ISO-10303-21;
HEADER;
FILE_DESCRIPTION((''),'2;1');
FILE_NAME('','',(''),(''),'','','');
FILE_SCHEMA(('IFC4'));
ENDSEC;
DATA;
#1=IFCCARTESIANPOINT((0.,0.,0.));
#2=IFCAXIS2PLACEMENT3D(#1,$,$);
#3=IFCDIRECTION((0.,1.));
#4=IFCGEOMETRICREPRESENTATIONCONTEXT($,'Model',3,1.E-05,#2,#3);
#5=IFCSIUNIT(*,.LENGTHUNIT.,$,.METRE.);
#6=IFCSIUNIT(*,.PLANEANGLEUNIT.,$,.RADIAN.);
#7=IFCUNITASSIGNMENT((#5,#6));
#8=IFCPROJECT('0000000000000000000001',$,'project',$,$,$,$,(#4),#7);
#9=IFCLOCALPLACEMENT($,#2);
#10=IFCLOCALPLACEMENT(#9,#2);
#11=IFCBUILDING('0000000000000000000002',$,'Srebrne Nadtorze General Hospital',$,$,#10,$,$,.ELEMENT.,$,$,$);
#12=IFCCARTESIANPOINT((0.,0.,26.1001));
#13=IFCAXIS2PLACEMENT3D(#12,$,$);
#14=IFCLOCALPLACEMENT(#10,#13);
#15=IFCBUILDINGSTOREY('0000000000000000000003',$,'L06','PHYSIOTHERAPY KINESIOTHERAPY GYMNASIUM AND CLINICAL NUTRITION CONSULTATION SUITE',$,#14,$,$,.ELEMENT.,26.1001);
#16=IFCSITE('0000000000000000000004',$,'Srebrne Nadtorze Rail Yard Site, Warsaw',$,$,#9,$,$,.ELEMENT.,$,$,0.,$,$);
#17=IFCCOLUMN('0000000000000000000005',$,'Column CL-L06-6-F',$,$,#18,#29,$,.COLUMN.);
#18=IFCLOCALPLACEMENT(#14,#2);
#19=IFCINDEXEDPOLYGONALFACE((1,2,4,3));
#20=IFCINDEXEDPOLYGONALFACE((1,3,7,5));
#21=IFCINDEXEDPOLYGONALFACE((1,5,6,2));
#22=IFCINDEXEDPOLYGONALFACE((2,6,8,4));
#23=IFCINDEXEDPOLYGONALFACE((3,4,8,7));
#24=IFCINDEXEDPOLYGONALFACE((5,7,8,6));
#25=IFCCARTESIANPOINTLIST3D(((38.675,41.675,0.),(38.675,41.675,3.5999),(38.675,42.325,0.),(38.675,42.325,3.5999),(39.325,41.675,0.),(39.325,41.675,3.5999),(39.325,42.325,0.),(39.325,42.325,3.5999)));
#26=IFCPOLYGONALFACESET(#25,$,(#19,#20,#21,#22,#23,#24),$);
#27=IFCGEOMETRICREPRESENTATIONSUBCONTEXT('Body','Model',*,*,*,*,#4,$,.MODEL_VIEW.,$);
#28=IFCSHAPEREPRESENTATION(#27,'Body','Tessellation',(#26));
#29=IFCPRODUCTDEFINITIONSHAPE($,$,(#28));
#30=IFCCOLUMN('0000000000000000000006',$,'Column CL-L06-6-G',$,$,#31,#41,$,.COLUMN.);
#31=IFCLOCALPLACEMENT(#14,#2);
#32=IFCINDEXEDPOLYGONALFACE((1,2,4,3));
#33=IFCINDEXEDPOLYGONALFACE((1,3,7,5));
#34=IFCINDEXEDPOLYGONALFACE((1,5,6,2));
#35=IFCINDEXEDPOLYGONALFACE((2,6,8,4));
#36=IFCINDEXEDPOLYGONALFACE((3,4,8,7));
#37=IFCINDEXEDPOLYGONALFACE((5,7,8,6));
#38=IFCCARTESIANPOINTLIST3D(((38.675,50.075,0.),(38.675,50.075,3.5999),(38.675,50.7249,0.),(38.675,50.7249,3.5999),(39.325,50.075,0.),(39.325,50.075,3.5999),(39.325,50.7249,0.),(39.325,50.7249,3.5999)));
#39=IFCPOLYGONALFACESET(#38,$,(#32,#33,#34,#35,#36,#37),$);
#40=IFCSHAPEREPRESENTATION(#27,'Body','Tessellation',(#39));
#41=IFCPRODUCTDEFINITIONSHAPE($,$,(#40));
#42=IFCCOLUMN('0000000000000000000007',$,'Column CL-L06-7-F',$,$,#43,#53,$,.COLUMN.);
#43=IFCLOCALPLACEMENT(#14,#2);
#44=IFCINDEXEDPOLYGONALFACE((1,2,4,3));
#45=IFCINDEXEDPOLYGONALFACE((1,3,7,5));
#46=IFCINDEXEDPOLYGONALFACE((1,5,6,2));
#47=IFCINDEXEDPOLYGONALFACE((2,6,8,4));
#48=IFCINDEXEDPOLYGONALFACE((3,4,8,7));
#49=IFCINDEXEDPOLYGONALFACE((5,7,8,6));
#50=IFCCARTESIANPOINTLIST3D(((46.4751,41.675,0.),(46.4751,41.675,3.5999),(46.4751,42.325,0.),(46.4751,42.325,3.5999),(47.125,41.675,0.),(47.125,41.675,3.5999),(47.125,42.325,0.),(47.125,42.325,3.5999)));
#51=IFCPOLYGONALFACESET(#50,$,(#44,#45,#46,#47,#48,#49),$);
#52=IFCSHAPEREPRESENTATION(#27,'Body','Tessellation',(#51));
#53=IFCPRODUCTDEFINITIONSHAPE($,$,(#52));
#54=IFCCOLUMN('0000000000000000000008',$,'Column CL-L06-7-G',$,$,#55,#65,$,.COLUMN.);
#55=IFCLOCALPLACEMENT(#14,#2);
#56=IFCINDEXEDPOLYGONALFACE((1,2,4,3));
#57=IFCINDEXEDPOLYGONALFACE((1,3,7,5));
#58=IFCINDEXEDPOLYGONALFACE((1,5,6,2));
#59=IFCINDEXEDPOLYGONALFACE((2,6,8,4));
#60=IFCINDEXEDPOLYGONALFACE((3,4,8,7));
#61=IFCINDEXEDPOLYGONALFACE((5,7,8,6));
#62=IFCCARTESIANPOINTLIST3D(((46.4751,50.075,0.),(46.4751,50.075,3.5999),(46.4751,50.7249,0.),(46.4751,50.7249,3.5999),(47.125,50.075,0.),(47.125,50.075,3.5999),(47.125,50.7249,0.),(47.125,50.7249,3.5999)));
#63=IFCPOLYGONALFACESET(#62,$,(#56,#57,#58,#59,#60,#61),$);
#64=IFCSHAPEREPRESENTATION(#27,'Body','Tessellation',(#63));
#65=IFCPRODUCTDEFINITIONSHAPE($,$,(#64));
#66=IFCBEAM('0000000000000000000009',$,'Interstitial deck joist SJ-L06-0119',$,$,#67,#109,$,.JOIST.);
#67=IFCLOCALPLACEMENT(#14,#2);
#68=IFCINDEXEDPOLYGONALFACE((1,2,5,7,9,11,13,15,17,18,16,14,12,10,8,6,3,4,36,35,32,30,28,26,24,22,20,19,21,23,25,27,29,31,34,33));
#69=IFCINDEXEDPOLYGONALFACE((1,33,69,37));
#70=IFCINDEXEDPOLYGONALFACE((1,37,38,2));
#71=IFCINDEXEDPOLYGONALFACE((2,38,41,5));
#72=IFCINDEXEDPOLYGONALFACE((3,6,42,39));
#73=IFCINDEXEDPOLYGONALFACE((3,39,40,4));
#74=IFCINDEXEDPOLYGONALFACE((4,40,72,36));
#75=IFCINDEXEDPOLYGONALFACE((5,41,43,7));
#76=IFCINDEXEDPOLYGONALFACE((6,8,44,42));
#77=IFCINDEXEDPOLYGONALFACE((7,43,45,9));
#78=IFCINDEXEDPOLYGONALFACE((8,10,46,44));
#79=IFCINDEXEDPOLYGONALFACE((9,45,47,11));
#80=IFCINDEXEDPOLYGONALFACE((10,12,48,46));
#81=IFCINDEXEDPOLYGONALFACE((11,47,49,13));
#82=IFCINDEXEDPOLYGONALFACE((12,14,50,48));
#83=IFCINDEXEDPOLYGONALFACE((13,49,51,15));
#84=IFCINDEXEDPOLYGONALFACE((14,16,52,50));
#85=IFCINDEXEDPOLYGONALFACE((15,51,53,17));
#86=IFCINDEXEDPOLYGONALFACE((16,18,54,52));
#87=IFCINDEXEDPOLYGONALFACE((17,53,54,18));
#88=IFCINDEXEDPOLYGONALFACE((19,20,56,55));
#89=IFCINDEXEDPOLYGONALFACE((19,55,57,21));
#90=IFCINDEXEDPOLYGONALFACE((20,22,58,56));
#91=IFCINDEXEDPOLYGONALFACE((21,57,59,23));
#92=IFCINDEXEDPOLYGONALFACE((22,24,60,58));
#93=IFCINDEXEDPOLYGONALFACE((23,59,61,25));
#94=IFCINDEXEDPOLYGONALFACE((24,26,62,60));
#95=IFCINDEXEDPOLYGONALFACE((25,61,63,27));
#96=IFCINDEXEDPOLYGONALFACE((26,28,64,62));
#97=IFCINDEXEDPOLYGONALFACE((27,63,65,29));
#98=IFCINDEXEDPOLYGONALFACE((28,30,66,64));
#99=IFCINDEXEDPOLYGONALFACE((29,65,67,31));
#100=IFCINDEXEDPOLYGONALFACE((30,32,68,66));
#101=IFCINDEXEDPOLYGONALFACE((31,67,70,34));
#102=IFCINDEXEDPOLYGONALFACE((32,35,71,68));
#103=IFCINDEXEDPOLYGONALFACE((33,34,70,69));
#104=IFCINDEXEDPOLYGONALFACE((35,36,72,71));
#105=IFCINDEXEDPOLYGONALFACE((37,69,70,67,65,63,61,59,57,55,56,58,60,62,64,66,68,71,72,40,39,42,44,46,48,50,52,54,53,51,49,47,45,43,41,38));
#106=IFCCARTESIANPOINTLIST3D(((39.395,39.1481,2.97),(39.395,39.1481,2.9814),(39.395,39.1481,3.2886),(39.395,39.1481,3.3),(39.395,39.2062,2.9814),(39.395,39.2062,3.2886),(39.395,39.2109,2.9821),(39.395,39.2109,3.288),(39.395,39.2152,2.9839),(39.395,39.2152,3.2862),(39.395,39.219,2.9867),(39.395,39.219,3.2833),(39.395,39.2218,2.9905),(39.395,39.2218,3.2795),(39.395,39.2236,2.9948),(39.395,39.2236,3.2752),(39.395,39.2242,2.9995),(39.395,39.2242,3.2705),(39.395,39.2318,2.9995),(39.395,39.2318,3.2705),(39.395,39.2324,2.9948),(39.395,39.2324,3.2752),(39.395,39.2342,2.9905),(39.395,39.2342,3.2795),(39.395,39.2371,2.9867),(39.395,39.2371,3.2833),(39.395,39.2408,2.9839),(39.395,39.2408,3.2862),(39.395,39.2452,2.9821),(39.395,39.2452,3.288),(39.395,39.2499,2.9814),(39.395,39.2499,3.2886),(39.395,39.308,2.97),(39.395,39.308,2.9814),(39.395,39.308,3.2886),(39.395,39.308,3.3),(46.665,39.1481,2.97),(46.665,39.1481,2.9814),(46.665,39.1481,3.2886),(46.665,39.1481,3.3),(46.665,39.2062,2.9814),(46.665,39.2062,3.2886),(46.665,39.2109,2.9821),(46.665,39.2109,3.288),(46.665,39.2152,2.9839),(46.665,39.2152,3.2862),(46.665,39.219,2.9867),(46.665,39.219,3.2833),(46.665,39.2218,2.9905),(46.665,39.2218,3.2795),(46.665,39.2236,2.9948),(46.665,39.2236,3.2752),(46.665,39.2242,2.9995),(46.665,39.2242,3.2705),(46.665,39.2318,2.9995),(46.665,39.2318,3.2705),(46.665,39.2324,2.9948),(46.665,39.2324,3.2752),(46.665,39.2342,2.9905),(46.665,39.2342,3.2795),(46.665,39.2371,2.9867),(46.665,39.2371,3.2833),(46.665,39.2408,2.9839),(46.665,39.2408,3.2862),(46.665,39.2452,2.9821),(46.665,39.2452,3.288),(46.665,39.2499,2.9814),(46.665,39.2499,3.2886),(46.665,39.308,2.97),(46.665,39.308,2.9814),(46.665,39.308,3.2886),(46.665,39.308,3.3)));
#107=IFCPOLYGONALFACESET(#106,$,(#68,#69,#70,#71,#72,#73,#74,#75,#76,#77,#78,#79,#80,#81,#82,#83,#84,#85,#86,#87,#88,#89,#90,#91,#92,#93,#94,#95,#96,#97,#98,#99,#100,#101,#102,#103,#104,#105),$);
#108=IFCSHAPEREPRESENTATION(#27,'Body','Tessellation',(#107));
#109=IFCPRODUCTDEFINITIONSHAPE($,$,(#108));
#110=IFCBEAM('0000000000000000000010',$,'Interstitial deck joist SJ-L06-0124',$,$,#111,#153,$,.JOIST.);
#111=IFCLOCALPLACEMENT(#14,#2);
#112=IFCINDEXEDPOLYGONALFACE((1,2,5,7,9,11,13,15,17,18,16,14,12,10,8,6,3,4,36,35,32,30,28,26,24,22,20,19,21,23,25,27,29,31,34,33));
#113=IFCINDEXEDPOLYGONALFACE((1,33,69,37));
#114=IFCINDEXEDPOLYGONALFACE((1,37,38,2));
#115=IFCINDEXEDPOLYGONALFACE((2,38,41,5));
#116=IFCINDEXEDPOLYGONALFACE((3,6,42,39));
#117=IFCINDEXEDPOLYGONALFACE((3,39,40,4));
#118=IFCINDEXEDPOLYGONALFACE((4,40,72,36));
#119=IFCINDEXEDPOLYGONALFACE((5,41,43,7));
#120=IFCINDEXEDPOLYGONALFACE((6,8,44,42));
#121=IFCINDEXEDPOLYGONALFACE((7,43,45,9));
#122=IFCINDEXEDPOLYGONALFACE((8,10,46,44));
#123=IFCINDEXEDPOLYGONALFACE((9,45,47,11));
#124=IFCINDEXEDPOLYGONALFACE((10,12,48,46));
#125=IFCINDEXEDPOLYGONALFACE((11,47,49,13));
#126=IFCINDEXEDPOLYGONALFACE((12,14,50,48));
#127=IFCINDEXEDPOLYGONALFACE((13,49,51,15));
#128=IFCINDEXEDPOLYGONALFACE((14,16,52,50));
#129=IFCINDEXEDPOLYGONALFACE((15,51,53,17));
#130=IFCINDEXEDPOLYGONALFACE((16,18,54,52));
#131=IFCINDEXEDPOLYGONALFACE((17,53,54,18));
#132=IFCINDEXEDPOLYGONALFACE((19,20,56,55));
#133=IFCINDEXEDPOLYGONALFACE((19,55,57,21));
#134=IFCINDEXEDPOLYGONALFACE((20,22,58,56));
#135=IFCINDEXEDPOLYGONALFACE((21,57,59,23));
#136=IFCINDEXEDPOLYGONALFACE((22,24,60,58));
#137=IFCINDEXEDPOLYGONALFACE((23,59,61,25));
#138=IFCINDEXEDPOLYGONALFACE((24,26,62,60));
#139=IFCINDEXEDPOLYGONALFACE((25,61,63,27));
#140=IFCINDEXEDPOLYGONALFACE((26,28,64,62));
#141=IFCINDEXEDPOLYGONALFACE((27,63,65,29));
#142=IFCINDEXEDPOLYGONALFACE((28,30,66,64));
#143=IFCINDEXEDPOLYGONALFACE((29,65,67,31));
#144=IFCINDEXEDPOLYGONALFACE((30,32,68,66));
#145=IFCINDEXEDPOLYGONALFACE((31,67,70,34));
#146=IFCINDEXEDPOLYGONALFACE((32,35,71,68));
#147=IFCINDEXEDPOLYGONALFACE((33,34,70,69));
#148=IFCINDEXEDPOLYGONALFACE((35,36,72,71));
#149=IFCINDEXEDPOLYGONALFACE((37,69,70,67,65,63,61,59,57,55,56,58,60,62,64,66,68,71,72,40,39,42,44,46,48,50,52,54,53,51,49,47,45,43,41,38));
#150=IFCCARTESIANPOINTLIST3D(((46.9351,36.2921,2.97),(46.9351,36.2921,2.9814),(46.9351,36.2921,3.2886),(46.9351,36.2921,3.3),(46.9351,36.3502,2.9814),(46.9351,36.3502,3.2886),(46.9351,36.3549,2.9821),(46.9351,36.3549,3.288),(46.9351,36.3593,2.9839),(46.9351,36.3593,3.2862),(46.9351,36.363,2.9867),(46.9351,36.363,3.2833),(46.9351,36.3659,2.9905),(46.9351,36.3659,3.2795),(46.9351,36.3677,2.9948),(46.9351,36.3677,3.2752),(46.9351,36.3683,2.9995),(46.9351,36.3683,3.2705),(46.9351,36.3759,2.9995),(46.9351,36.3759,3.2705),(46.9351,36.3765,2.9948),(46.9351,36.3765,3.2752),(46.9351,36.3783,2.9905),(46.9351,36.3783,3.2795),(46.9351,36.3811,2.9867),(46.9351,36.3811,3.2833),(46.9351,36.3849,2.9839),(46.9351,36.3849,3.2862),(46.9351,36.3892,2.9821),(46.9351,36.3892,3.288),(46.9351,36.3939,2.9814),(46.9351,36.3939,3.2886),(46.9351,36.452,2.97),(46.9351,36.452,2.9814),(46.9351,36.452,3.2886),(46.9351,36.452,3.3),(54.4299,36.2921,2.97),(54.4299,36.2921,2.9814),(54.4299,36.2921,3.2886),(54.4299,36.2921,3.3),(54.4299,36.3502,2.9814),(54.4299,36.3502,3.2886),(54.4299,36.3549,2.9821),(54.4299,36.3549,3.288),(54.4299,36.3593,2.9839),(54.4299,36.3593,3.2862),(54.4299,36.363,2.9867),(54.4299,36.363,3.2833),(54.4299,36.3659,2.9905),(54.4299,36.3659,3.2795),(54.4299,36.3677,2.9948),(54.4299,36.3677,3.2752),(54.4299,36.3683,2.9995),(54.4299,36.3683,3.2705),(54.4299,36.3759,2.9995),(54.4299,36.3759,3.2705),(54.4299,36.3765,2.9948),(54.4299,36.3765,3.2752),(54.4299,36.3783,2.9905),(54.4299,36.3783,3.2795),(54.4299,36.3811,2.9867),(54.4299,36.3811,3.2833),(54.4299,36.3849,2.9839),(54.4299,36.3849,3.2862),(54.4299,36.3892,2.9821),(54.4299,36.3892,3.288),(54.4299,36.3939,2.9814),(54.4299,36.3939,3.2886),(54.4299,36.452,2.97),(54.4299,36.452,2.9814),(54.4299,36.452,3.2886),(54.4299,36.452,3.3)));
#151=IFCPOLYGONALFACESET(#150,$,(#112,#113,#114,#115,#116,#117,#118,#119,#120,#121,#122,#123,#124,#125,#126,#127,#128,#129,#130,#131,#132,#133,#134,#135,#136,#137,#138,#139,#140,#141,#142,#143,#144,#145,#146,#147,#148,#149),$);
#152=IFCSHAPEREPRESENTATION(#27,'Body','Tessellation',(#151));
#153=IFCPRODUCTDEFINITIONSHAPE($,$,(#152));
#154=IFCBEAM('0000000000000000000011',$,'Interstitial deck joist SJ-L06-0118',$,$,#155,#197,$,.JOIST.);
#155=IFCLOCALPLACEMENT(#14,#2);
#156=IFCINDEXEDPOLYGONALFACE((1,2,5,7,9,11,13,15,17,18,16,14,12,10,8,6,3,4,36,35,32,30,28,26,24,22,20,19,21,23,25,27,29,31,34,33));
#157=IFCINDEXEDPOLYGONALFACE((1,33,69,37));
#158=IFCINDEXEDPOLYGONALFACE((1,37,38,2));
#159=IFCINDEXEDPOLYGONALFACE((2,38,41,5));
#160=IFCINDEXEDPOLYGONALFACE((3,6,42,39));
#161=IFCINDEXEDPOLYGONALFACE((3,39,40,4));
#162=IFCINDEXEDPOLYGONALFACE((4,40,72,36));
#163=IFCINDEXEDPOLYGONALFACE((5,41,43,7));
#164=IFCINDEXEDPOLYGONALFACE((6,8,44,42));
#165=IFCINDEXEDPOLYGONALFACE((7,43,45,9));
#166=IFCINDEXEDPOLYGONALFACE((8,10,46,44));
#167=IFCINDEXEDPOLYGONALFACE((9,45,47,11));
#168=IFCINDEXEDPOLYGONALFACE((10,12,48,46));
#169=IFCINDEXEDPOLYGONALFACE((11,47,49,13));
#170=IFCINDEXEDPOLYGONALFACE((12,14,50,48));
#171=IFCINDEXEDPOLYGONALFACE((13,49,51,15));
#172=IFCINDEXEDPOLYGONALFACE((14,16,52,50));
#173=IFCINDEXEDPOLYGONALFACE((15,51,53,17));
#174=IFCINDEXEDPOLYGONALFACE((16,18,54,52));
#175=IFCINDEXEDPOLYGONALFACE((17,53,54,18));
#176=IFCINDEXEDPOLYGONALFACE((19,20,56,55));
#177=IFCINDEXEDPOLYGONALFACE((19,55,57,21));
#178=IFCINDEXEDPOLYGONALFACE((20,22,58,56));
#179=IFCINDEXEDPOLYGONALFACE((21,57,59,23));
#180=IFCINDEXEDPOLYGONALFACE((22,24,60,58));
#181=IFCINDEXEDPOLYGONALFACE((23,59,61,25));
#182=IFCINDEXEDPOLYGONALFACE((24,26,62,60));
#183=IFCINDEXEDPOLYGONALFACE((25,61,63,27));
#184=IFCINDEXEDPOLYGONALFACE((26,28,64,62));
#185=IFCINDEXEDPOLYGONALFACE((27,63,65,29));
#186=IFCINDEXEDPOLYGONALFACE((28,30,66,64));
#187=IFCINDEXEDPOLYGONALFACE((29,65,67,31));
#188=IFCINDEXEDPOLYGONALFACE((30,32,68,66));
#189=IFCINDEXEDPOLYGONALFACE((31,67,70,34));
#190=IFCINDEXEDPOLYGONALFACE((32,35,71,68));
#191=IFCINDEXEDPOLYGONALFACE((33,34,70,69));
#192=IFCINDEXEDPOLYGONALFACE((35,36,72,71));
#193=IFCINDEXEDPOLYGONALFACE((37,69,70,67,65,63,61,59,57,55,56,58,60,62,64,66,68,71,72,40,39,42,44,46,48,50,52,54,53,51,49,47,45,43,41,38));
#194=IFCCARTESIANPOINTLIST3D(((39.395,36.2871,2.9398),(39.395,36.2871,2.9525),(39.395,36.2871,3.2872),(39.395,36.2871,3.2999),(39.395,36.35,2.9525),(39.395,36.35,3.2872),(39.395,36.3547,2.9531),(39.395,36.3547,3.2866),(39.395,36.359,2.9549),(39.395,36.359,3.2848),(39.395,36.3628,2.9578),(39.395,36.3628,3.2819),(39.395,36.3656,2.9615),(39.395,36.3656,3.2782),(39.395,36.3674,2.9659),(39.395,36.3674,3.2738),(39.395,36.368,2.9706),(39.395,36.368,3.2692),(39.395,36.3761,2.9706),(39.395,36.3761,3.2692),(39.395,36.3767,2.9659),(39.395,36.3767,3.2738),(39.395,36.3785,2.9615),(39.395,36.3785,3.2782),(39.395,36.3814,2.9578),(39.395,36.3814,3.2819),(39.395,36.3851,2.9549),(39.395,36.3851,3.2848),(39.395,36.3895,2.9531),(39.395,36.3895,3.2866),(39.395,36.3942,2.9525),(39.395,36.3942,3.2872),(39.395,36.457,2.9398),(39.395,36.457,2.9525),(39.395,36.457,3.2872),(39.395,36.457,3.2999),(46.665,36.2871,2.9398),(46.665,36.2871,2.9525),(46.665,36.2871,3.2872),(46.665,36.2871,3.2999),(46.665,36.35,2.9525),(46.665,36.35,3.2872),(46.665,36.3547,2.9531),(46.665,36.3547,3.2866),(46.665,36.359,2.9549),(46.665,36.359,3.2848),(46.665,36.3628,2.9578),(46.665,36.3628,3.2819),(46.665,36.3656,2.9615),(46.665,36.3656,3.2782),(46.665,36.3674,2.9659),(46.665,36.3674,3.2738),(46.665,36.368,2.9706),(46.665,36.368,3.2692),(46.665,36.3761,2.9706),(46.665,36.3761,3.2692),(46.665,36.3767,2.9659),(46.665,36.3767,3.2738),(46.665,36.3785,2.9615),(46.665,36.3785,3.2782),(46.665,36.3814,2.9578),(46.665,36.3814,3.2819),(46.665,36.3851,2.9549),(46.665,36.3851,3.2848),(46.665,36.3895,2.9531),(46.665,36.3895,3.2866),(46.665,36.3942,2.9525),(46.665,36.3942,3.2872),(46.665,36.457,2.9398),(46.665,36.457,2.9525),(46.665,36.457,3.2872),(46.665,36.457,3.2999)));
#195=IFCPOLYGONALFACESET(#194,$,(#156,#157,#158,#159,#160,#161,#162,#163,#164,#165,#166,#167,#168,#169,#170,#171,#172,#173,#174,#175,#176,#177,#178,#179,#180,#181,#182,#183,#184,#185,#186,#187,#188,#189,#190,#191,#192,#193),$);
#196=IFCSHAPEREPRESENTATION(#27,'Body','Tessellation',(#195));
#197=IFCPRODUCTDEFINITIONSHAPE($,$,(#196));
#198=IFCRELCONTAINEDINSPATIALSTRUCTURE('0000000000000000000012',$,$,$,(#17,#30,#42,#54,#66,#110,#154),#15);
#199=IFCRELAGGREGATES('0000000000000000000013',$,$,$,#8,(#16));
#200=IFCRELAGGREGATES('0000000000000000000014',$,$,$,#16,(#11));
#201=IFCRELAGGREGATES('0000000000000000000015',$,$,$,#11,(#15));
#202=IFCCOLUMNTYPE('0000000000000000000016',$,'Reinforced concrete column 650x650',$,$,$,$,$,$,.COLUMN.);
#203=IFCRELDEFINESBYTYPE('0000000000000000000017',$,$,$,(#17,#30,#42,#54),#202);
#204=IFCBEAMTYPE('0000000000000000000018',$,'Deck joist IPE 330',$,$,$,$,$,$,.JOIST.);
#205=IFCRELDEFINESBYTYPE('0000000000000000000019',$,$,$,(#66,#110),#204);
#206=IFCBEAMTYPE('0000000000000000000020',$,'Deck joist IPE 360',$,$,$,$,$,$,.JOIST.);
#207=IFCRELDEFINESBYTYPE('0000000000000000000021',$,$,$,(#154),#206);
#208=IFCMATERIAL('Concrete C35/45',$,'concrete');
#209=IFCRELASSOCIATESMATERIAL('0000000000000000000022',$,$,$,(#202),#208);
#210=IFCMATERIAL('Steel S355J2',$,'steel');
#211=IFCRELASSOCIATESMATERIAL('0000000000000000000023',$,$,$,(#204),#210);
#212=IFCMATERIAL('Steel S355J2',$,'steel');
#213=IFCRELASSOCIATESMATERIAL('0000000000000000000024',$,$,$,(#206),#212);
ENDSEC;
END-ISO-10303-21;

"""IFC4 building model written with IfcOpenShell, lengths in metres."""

from ifc_helpers import new_model, si_unit, direction, frame, origin, origin_2d, place, context, subcontext, project, spatial, rectangle, i_section, extrude, material, material_profile, profile_set, type_object, element, save


model = new_model("IFC4")

# Units and contexts
model_context = context("Model", 3, precision=1e-05, world=origin(), true_north=direction((0.0, 1.0)))
body_context = subcontext(model_context, "Body", "Model", "MODEL_VIEW")
ifc_project = project(units=[si_unit("LENGTHUNIT", "METRE"), si_unit("PLANEANGLEUNIT", "RADIAN")], contexts=[model_context])

# Site, building, storey
site_placement = place(None, origin())
site = spatial("IfcSite", under=ifc_project, at=site_placement, Name="Srebrne Nadtorze Rail Yard Site, Warsaw", CompositionType="ELEMENT", RefElevation=0.0)
building_placement = place(site_placement, origin())
building = spatial("IfcBuilding", under=site, at=building_placement, Name="Srebrne Nadtorze General Hospital", CompositionType="ELEMENT")
storey_placement = place(building_placement, frame((0.0, 0.0, 26.1001)))
storey = spatial("IfcBuildingStorey", under=building, at=storey_placement, Name="L06", Description="PHYSIOTHERAPY KINESIOTHERAPY GYMNASIUM AND CLINICAL NUTRITION CONSULTATION SUITE", CompositionType="ELEMENT", Elevation=26.1001)

# Columns
ifc_material_1 = material(Name="Concrete C35/45", Category="concrete")
ifc_material_profile_1 = material_profile(ifc_material_1, rectangle(XDim=0.6499, YDim=0.6499, at=origin_2d()), Name="RC-COL-650x650")
ifc_profile_set_1 = profile_set([ifc_material_profile_1], Name="Concrete C35/45")
column_type = type_object("IfcColumnType", Name="Reinforced concrete column 650x650", PredefinedType="COLUMN", material=ifc_profile_set_1)
for number, where, z_axis, x_axis, name in (
    (1, (39.0, 42.0, 0.0), (0.0, 0.0, 1.0), (1.0, 0.0, 0.0), "Column CL-L06-6-F"),
    (2, (39.0, 50.3999, 0.0), (0.0, 0.0, 1.0), (1.0, 0.0, 0.0), "Column CL-L06-6-G"),
    (3, (46.8, 42.0, 0.0), (0.0, 0.0, 1.0), (1.0, 0.0, 0.0), "Column CL-L06-7-F"),
    (4, (46.8, 50.3999, 0.0), (0.0, 0.0, 1.0), (1.0, 0.0, 0.0), "Column CL-L06-7-G"),
):
    element("IfcColumn", number, at=place(storey_placement, frame(where, z_axis=z_axis, x_axis=x_axis)), inside=storey, type_object=column_type, Name=name, PredefinedType="COLUMN", context=body_context, shape_type="SweptSolid", body=[
        extrude(rectangle(XDim=0.6499, YDim=0.6499, at=origin_2d()), origin(), (0.0, 0.0, 1.0), 3.5999),
    ])

# Beams
ifc_material_2 = material(Name="Steel S355J2", Category="steel")
ifc_material_profile_2 = material_profile(ifc_material_2, i_section(OverallWidth=0.1599, OverallDepth=0.3301, WebThickness=0.0076, FlangeThickness=0.0115, FilletRadius=0.0181, at=origin_2d()), Name="IPE-330")
ifc_profile_set_2 = profile_set([ifc_material_profile_2], Name="Steel S355J2")
beam_type_1 = type_object("IfcBeamType", Name="Deck joist IPE 330", PredefinedType="JOIST", material=ifc_profile_set_2)
beam_1_placement = place(storey_placement, frame((39.395, 39.228, 3.135), z_axis=(1.0, 0.0, 0.0), x_axis=(0.0, 1.0, 0.0)))
element("IfcBeam", 5, at=beam_1_placement, inside=storey, type_object=beam_type_1, Name="Interstitial deck joist SJ-L06-0119", PredefinedType="JOIST", context=body_context, shape_type="SweptSolid", body=[
    extrude(i_section(OverallWidth=0.1599, OverallDepth=0.3301, WebThickness=0.0076, FlangeThickness=0.0115, FilletRadius=0.0181, at=origin_2d()), origin(), (0.0, 0.0, 1.0), 7.27),
])
beam_2_placement = place(storey_placement, frame((46.9351, 36.3721, 3.135), z_axis=(1.0, 0.0, 0.0), x_axis=(0.0, 1.0, 0.0)))
element("IfcBeam", 6, at=beam_2_placement, inside=storey, type_object=beam_type_1, Name="Interstitial deck joist SJ-L06-0124", PredefinedType="JOIST", context=body_context, shape_type="SweptSolid", body=[
    extrude(i_section(OverallWidth=0.1599, OverallDepth=0.3301, WebThickness=0.0076, FlangeThickness=0.0115, FilletRadius=0.0181, at=origin_2d()), origin(), (0.0, 0.0, 1.0), 7.4949),
])
ifc_material_3 = material(Name="Steel S355J2", Category="steel")
ifc_material_profile_3 = material_profile(ifc_material_3, i_section(OverallWidth=0.1699, OverallDepth=0.3601, WebThickness=0.0081, FlangeThickness=0.0127, FilletRadius=0.0181, at=origin_2d()), Name="IPE-360")
ifc_profile_set_3 = profile_set([ifc_material_profile_3], Name="Steel S355J2")
beam_type_2 = type_object("IfcBeamType", Name="Deck joist IPE 360", PredefinedType="JOIST", material=ifc_profile_set_3)
beam_3_placement = place(storey_placement, frame((39.395, 36.3721, 3.1199), z_axis=(1.0, 0.0, 0.0), x_axis=(0.0, 1.0, 0.0)))
element("IfcBeam", 7, at=beam_3_placement, inside=storey, type_object=beam_type_2, Name="Interstitial deck joist SJ-L06-0118", PredefinedType="JOIST", context=body_context, shape_type="SweptSolid", body=[
    extrude(i_section(OverallWidth=0.1699, OverallDepth=0.3601, WebThickness=0.0081, FlangeThickness=0.0127, FilletRadius=0.0181, at=origin_2d()), origin(), (0.0, 0.0, 1.0), 7.27),
])

save(model, "model.ifc")
